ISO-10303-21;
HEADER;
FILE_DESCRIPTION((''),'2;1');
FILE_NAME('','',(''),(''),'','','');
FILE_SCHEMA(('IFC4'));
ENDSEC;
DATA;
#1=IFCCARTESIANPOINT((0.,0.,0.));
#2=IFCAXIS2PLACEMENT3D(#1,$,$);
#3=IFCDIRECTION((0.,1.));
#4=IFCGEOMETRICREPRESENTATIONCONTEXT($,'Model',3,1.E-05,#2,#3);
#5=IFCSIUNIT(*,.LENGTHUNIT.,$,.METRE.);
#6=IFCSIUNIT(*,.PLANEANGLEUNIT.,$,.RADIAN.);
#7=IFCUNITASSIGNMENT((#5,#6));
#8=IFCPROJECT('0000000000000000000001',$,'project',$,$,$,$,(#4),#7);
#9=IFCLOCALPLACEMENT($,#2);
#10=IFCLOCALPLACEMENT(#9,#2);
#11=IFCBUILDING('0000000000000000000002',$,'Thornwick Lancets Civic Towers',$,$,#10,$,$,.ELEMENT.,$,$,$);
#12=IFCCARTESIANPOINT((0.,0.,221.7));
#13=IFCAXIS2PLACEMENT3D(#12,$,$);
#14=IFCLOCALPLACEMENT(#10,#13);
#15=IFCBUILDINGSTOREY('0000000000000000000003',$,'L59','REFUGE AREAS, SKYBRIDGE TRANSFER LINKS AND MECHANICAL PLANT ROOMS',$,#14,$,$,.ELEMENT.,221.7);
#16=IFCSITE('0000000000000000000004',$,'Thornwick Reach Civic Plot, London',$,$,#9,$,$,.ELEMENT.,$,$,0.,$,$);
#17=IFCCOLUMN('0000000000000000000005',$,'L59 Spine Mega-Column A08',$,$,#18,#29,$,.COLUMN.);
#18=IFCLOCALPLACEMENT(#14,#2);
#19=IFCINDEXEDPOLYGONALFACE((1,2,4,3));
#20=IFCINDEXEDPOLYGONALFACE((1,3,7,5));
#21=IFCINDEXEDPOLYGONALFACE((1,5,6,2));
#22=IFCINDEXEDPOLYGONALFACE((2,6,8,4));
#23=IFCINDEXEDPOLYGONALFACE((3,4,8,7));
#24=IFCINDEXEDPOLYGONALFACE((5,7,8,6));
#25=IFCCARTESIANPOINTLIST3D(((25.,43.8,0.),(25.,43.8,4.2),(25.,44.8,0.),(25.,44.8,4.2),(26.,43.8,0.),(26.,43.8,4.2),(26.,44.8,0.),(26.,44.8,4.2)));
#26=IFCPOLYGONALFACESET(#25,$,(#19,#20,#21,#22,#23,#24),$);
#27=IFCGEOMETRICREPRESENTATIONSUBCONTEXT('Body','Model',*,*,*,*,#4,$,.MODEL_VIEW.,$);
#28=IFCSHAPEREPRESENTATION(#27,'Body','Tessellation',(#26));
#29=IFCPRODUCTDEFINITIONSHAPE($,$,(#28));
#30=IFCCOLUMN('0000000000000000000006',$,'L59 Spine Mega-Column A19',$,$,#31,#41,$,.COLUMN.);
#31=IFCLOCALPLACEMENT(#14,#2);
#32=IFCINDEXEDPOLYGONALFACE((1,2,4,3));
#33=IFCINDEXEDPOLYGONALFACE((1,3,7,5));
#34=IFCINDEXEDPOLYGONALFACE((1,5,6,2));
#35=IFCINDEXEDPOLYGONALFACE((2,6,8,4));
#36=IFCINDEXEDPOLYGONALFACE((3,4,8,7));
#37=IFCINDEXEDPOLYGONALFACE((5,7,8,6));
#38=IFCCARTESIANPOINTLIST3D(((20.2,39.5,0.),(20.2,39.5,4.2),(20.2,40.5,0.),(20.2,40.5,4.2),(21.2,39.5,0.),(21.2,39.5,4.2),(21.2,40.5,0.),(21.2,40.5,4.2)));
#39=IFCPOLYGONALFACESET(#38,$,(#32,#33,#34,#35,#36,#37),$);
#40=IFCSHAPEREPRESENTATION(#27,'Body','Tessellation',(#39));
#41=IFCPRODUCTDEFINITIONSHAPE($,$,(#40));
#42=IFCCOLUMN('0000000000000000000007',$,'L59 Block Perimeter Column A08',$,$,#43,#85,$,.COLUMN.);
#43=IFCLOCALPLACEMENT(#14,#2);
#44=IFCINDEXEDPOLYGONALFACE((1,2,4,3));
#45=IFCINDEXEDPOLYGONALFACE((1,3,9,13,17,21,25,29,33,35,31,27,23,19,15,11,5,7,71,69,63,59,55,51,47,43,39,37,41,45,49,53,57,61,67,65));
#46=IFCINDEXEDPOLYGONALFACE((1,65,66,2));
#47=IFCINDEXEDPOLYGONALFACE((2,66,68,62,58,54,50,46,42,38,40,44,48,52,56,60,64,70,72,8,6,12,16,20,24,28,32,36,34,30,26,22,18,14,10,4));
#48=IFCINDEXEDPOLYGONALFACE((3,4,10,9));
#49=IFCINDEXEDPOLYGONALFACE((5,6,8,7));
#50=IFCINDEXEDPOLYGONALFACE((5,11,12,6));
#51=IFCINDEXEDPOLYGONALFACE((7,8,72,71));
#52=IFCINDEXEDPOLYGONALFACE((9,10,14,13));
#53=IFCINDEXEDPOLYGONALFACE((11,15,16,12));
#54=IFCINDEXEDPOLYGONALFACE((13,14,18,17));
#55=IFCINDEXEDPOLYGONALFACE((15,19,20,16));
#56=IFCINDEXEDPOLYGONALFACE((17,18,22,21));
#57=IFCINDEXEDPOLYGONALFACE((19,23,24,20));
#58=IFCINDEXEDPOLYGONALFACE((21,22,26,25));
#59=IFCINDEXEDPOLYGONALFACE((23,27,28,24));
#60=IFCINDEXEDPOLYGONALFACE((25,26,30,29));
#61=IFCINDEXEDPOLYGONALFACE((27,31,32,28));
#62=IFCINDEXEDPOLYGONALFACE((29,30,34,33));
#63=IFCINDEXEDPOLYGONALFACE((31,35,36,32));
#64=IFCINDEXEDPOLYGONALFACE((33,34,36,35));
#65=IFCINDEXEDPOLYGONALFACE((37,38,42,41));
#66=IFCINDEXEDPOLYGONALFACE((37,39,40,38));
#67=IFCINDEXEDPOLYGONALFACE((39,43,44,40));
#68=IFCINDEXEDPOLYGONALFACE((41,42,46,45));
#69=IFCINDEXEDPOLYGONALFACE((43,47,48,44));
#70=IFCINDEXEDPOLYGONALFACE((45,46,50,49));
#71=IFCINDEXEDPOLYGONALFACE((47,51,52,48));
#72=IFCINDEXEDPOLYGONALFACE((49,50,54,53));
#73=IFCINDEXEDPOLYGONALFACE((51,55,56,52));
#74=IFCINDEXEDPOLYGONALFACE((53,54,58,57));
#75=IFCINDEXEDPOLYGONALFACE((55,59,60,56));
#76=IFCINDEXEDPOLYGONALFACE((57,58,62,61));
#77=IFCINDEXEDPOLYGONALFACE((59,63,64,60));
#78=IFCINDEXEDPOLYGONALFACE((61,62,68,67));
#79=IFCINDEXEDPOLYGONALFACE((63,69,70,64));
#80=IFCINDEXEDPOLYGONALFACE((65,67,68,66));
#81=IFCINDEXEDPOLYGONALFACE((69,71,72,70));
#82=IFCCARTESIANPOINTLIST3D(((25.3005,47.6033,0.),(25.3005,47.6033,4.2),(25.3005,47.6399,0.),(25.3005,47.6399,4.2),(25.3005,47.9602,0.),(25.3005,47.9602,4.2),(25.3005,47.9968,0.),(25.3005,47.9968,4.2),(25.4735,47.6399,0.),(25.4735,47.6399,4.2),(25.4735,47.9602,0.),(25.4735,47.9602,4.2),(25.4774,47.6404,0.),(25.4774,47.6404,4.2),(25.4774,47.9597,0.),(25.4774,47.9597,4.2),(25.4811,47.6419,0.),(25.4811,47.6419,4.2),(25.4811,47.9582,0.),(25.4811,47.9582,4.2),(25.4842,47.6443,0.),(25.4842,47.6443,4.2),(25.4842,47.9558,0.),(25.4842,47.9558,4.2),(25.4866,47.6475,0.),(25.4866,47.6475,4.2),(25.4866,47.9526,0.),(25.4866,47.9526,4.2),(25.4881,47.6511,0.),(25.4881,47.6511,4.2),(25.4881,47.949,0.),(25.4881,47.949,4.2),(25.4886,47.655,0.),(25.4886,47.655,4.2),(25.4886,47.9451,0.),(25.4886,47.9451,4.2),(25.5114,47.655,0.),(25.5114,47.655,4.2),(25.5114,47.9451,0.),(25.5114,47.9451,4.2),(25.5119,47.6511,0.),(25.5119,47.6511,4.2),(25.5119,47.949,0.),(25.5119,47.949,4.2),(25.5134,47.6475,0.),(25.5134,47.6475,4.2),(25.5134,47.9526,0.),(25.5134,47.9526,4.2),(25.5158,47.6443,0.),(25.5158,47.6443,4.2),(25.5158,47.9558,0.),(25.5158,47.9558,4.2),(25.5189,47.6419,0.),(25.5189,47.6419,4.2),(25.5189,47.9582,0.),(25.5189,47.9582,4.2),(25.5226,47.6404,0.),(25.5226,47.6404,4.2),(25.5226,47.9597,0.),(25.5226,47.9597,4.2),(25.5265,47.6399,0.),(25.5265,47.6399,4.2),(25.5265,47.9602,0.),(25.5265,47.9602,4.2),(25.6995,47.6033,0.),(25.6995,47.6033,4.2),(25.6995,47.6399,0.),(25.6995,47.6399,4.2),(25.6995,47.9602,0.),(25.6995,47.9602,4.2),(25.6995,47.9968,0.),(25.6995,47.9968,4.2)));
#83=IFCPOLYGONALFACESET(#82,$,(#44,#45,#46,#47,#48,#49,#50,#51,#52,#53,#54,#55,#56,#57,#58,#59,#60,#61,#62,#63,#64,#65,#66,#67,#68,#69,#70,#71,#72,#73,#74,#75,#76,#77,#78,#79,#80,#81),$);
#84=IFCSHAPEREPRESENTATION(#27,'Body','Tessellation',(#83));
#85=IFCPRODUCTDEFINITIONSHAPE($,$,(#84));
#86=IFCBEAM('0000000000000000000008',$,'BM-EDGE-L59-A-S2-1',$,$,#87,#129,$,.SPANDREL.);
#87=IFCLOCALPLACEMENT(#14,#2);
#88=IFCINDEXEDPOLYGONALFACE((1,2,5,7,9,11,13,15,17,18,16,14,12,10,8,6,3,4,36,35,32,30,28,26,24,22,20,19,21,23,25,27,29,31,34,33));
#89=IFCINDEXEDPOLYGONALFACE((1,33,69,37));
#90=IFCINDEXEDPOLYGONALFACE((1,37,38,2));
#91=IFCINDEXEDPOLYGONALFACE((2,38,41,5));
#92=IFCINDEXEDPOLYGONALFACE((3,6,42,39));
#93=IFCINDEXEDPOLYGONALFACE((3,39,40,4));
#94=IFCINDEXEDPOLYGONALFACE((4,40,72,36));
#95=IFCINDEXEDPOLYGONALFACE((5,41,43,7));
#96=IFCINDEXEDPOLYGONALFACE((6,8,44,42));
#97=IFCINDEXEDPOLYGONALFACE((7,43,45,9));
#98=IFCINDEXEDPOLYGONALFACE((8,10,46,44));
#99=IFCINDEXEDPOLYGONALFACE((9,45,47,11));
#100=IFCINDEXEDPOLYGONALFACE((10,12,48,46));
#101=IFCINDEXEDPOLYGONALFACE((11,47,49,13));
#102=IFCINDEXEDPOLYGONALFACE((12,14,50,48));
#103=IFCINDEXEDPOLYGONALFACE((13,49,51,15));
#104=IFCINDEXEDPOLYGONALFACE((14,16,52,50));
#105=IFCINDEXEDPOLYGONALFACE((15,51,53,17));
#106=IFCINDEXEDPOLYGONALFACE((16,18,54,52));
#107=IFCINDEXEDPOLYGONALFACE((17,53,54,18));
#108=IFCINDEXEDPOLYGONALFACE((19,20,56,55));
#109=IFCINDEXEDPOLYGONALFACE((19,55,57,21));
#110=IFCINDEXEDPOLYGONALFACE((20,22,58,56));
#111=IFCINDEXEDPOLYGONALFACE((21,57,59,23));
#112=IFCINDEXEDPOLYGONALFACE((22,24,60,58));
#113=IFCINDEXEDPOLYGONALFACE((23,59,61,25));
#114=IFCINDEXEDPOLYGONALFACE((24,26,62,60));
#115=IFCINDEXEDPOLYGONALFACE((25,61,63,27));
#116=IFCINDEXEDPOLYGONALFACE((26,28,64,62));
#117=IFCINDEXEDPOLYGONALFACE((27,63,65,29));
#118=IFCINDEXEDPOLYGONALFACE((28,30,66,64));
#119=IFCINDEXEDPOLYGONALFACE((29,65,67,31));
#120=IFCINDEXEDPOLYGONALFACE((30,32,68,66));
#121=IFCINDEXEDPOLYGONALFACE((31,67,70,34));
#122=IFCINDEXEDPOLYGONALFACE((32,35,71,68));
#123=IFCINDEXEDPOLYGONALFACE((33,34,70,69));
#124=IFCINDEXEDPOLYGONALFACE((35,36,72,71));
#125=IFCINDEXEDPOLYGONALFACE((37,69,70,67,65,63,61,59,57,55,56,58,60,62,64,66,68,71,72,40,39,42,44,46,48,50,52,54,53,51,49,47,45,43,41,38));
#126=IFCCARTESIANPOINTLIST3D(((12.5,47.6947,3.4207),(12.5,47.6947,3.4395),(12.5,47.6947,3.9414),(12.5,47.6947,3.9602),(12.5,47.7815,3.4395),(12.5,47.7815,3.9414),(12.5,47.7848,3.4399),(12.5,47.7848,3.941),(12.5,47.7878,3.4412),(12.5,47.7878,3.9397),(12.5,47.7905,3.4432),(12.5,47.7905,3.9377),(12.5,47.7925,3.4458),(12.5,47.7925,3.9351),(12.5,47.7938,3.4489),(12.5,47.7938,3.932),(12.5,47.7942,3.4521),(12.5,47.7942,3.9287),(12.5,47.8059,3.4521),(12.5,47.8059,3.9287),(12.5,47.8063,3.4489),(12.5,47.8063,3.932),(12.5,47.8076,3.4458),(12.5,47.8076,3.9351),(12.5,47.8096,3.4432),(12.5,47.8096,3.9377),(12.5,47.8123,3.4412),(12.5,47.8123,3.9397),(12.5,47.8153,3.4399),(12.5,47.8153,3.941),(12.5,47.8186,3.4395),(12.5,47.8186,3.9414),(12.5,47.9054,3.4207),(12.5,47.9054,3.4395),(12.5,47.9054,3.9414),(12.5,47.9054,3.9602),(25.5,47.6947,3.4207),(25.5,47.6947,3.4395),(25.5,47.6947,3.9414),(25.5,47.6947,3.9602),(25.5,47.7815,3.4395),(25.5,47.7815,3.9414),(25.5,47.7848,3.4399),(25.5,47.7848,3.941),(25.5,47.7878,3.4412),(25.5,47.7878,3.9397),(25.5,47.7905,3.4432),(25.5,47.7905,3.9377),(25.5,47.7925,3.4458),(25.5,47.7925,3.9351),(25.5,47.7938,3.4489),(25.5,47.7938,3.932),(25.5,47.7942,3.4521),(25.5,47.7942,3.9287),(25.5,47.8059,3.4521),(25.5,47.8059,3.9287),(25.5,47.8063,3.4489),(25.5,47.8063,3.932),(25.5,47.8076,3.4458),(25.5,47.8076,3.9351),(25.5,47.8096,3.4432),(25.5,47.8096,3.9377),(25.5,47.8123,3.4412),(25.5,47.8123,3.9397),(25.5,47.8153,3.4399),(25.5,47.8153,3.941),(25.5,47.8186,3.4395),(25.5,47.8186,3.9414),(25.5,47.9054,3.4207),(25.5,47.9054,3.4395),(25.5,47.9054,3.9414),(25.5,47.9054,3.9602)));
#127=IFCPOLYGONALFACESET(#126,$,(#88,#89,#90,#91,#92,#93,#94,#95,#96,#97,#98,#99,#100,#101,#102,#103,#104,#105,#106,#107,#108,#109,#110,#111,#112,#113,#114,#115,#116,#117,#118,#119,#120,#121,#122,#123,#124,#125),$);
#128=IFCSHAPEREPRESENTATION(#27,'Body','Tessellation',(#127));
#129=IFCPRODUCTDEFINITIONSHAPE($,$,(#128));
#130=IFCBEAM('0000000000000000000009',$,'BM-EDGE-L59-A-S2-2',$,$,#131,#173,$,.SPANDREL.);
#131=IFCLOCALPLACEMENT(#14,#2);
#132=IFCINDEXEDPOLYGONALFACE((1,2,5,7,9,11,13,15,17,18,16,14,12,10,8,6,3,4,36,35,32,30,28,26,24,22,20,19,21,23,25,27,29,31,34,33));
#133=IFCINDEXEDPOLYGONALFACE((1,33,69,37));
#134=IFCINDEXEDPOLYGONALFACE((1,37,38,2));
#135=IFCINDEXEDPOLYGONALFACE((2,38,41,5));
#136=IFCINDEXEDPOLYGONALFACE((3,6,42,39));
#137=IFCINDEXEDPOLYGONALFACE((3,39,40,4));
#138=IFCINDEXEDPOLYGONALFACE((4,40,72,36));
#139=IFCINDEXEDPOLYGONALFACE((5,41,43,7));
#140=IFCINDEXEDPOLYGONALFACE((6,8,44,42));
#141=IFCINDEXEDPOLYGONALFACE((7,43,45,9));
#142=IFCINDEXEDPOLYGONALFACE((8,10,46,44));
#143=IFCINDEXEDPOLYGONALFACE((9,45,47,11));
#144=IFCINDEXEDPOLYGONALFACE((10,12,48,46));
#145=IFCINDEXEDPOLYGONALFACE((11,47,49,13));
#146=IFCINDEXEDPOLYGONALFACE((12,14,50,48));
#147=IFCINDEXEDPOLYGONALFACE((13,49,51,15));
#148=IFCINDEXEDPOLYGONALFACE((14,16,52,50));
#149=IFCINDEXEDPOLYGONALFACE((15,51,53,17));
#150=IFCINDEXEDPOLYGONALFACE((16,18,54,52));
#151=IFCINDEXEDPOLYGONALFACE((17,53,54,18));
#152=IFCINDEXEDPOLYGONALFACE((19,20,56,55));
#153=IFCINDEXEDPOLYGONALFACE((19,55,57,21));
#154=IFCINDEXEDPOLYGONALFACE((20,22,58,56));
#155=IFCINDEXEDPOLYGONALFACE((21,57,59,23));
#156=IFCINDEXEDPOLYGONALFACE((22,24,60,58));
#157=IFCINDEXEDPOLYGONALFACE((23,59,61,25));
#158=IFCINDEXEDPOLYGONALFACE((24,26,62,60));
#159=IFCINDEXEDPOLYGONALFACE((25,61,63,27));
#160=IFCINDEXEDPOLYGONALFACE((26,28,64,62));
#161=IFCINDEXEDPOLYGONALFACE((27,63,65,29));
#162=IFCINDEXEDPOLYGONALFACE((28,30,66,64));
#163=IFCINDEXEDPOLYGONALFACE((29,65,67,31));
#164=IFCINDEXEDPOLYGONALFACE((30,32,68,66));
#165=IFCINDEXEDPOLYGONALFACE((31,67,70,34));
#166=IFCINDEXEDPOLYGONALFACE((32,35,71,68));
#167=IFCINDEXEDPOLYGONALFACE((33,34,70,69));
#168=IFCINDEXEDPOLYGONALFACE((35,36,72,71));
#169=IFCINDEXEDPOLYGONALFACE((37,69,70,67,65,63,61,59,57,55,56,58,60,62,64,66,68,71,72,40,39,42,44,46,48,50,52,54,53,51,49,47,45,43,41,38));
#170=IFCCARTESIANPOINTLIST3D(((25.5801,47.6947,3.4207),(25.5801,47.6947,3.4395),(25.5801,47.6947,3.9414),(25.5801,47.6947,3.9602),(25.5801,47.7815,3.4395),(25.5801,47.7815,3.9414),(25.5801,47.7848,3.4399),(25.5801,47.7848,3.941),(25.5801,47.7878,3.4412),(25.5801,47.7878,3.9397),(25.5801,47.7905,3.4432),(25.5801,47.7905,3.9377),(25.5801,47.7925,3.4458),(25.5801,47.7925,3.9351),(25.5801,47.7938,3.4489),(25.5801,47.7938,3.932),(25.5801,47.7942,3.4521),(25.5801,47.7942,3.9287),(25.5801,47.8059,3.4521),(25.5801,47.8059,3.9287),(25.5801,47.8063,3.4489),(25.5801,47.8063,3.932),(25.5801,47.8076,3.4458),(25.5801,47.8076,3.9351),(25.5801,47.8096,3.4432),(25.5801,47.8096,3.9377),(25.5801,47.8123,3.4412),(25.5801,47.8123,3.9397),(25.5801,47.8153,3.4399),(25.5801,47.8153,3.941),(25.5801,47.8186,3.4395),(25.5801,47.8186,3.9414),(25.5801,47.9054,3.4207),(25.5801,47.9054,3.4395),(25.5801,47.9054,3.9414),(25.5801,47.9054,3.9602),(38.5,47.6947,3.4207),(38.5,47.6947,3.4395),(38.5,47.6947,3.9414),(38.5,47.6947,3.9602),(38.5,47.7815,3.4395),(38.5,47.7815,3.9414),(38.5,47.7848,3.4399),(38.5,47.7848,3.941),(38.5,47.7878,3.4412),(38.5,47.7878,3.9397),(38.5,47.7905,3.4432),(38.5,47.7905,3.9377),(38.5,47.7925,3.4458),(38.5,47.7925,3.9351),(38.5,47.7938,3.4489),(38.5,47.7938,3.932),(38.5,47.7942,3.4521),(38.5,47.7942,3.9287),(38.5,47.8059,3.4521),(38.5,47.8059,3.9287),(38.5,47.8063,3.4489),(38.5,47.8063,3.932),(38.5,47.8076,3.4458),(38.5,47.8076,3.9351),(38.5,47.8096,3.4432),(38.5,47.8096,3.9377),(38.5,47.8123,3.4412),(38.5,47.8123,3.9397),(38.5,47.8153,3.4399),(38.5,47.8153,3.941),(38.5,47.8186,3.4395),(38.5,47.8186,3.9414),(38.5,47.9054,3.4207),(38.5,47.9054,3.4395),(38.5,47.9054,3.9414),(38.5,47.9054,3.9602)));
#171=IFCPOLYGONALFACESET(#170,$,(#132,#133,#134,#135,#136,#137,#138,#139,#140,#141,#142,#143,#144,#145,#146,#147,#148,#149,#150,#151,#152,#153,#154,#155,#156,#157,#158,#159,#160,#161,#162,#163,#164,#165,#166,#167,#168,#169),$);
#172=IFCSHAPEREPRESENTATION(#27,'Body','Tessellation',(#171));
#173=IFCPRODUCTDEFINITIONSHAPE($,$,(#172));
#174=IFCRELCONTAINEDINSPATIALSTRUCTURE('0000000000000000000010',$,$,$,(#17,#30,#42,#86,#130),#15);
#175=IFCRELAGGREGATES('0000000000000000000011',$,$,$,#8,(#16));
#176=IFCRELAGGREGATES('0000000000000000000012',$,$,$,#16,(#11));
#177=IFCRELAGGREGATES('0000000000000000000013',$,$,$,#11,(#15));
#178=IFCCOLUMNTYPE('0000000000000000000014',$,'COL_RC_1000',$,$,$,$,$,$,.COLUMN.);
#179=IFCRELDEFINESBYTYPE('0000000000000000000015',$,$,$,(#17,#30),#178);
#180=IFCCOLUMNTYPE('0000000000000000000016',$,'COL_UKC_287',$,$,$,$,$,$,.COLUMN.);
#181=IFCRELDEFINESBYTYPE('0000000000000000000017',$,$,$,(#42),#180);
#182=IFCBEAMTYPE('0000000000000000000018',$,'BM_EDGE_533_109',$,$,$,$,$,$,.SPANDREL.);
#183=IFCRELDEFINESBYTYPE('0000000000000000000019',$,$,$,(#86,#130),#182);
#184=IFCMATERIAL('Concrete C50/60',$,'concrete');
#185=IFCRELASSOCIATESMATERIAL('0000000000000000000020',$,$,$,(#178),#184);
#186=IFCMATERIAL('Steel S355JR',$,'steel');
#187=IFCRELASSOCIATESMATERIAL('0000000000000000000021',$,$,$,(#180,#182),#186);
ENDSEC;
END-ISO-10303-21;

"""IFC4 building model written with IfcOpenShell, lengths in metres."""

from ifc_helpers import new_model, si_unit, direction, frame, origin, origin_2d, place, context, subcontext, project, spatial, rectangle, i_section, extrude, material, material_profile, profile_set, type_object, element, save


model = new_model("IFC4")

# Units and contexts
model_context = context("Model", 3, precision=1e-05, world=origin(), true_north=direction((0.0, 1.0)))
body_context = subcontext(model_context, "Body", "Model", "MODEL_VIEW")
ifc_project = project(units=[si_unit("LENGTHUNIT", "METRE"), si_unit("PLANEANGLEUNIT", "RADIAN")], contexts=[model_context])

# Site, building, storey
site_placement = place(None, origin())
site = spatial("IfcSite", under=ifc_project, at=site_placement, Name="Thornwick Reach Civic Plot, London", CompositionType="ELEMENT", RefElevation=0.0)
building_placement = place(site_placement, origin())
building = spatial("IfcBuilding", under=site, at=building_placement, Name="Thornwick Lancets Civic Towers", CompositionType="ELEMENT")
storey_placement = place(building_placement, frame((0.0, 0.0, 221.7)))
storey = spatial("IfcBuildingStorey", under=building, at=storey_placement, Name="L59", Description="REFUGE AREAS, SKYBRIDGE TRANSFER LINKS AND MECHANICAL PLANT ROOMS", CompositionType="ELEMENT", Elevation=221.7)

# Columns
ifc_material_1 = material(Name="Concrete C50/60", Category="concrete")
ifc_material_profile_1 = material_profile(ifc_material_1, rectangle(XDim=1.0, YDim=1.0, at=origin_2d()), Name="RC 1000x1000")
ifc_profile_set_1 = profile_set([ifc_material_profile_1], Name="Concrete C50/60")
column_type_1 = type_object("IfcColumnType", Name="COL_RC_1000", PredefinedType="COLUMN", material=ifc_profile_set_1)
for number, where, z_axis, x_axis, name in (
    (1, (25.5, 44.3, 0.0), (0.0, 0.0, 1.0), (1.0, 0.0, 0.0), "L59 Spine Mega-Column A08"),
    (2, (20.7, 40.0, 0.0), (0.0, 0.0, 1.0), (1.0, 0.0, 0.0), "L59 Spine Mega-Column A19"),
):
    element("IfcColumn", number, at=place(storey_placement, frame(where, z_axis=z_axis, x_axis=x_axis)), inside=storey, type_object=column_type_1, Name=name, PredefinedType="COLUMN", context=body_context, shape_type="SweptSolid", body=[
        extrude(rectangle(XDim=1.0, YDim=1.0, at=origin_2d()), origin(), (0.0, 0.0, 1.0), 4.2),
    ])
ifc_material_2 = material(Name="Steel S355JR", Category="steel")
ifc_material_profile_2 = material_profile(ifc_material_2, i_section(OverallWidth=0.3989, OverallDepth=0.3936, WebThickness=0.0227, FlangeThickness=0.0366, FilletRadius=0.0151, at=origin_2d()), Name="UKC 356x406x287")
ifc_profile_set_2 = profile_set([ifc_material_profile_2], Name="Steel S355JR")
column_type_2 = type_object("IfcColumnType", Name="COL_UKC_287", PredefinedType="COLUMN", material=ifc_profile_set_2)
column_placement = place(storey_placement, frame((25.5, 47.8, 0.0), z_axis=(0.0, 0.0, 1.0), x_axis=(1.0, 0.0, 0.0)))
element("IfcColumn", 3, at=column_placement, inside=storey, type_object=column_type_2, Name="L59 Block Perimeter Column A08", PredefinedType="COLUMN", context=body_context, shape_type="SweptSolid", body=[
    extrude(i_section(OverallWidth=0.3989, OverallDepth=0.3936, WebThickness=0.0227, FlangeThickness=0.0366, FilletRadius=0.0151, at=origin_2d()), origin(), (0.0, 0.0, 1.0), 4.2),
])

# Beams
ifc_material_profile_3 = material_profile(ifc_material_2, i_section(OverallWidth=0.2107, OverallDepth=0.5396, WebThickness=0.0117, FlangeThickness=0.0188, FilletRadius=0.0127, at=origin_2d()), Name="UKB 533x210x109")
ifc_profile_set_3 = profile_set([ifc_material_profile_3], Name="Steel S355JR")
beam_type_1 = type_object("IfcBeamType", Name="BM_EDGE_533_109", PredefinedType="SPANDREL", material=ifc_profile_set_3)
beam_1_placement = place(storey_placement, frame((12.5, 47.8, 3.6904), z_axis=(1.0, 0.0, 0.0), x_axis=(0.0, 1.0, 0.0)))
element("IfcBeam", 4, at=beam_1_placement, inside=storey, type_object=beam_type_1, Name="BM-EDGE-L59-A-S2-1", PredefinedType="SPANDREL", context=body_context, shape_type="SweptSolid", body=[
    extrude(i_section(OverallWidth=0.2107, OverallDepth=0.5396, WebThickness=0.0117, FlangeThickness=0.0188, FilletRadius=0.0127, at=origin_2d()), origin(), (0.0, 0.0, 1.0), 13.0),
])
beam_2_placement = place(storey_placement, frame((25.5801, 47.8, 3.6904), z_axis=(1.0, 0.0, 0.0), x_axis=(0.0, 1.0, 0.0)))
element("IfcBeam", 5, at=beam_2_placement, inside=storey, type_object=beam_type_1, Name="BM-EDGE-L59-A-S2-2", PredefinedType="SPANDREL", context=body_context, shape_type="SweptSolid", body=[
    extrude(i_section(OverallWidth=0.2107, OverallDepth=0.5396, WebThickness=0.0117, FlangeThickness=0.0188, FilletRadius=0.0127, at=origin_2d()), origin(), (0.0, 0.0, 1.0), 12.9199),
])

save(model, "model.ifc")
